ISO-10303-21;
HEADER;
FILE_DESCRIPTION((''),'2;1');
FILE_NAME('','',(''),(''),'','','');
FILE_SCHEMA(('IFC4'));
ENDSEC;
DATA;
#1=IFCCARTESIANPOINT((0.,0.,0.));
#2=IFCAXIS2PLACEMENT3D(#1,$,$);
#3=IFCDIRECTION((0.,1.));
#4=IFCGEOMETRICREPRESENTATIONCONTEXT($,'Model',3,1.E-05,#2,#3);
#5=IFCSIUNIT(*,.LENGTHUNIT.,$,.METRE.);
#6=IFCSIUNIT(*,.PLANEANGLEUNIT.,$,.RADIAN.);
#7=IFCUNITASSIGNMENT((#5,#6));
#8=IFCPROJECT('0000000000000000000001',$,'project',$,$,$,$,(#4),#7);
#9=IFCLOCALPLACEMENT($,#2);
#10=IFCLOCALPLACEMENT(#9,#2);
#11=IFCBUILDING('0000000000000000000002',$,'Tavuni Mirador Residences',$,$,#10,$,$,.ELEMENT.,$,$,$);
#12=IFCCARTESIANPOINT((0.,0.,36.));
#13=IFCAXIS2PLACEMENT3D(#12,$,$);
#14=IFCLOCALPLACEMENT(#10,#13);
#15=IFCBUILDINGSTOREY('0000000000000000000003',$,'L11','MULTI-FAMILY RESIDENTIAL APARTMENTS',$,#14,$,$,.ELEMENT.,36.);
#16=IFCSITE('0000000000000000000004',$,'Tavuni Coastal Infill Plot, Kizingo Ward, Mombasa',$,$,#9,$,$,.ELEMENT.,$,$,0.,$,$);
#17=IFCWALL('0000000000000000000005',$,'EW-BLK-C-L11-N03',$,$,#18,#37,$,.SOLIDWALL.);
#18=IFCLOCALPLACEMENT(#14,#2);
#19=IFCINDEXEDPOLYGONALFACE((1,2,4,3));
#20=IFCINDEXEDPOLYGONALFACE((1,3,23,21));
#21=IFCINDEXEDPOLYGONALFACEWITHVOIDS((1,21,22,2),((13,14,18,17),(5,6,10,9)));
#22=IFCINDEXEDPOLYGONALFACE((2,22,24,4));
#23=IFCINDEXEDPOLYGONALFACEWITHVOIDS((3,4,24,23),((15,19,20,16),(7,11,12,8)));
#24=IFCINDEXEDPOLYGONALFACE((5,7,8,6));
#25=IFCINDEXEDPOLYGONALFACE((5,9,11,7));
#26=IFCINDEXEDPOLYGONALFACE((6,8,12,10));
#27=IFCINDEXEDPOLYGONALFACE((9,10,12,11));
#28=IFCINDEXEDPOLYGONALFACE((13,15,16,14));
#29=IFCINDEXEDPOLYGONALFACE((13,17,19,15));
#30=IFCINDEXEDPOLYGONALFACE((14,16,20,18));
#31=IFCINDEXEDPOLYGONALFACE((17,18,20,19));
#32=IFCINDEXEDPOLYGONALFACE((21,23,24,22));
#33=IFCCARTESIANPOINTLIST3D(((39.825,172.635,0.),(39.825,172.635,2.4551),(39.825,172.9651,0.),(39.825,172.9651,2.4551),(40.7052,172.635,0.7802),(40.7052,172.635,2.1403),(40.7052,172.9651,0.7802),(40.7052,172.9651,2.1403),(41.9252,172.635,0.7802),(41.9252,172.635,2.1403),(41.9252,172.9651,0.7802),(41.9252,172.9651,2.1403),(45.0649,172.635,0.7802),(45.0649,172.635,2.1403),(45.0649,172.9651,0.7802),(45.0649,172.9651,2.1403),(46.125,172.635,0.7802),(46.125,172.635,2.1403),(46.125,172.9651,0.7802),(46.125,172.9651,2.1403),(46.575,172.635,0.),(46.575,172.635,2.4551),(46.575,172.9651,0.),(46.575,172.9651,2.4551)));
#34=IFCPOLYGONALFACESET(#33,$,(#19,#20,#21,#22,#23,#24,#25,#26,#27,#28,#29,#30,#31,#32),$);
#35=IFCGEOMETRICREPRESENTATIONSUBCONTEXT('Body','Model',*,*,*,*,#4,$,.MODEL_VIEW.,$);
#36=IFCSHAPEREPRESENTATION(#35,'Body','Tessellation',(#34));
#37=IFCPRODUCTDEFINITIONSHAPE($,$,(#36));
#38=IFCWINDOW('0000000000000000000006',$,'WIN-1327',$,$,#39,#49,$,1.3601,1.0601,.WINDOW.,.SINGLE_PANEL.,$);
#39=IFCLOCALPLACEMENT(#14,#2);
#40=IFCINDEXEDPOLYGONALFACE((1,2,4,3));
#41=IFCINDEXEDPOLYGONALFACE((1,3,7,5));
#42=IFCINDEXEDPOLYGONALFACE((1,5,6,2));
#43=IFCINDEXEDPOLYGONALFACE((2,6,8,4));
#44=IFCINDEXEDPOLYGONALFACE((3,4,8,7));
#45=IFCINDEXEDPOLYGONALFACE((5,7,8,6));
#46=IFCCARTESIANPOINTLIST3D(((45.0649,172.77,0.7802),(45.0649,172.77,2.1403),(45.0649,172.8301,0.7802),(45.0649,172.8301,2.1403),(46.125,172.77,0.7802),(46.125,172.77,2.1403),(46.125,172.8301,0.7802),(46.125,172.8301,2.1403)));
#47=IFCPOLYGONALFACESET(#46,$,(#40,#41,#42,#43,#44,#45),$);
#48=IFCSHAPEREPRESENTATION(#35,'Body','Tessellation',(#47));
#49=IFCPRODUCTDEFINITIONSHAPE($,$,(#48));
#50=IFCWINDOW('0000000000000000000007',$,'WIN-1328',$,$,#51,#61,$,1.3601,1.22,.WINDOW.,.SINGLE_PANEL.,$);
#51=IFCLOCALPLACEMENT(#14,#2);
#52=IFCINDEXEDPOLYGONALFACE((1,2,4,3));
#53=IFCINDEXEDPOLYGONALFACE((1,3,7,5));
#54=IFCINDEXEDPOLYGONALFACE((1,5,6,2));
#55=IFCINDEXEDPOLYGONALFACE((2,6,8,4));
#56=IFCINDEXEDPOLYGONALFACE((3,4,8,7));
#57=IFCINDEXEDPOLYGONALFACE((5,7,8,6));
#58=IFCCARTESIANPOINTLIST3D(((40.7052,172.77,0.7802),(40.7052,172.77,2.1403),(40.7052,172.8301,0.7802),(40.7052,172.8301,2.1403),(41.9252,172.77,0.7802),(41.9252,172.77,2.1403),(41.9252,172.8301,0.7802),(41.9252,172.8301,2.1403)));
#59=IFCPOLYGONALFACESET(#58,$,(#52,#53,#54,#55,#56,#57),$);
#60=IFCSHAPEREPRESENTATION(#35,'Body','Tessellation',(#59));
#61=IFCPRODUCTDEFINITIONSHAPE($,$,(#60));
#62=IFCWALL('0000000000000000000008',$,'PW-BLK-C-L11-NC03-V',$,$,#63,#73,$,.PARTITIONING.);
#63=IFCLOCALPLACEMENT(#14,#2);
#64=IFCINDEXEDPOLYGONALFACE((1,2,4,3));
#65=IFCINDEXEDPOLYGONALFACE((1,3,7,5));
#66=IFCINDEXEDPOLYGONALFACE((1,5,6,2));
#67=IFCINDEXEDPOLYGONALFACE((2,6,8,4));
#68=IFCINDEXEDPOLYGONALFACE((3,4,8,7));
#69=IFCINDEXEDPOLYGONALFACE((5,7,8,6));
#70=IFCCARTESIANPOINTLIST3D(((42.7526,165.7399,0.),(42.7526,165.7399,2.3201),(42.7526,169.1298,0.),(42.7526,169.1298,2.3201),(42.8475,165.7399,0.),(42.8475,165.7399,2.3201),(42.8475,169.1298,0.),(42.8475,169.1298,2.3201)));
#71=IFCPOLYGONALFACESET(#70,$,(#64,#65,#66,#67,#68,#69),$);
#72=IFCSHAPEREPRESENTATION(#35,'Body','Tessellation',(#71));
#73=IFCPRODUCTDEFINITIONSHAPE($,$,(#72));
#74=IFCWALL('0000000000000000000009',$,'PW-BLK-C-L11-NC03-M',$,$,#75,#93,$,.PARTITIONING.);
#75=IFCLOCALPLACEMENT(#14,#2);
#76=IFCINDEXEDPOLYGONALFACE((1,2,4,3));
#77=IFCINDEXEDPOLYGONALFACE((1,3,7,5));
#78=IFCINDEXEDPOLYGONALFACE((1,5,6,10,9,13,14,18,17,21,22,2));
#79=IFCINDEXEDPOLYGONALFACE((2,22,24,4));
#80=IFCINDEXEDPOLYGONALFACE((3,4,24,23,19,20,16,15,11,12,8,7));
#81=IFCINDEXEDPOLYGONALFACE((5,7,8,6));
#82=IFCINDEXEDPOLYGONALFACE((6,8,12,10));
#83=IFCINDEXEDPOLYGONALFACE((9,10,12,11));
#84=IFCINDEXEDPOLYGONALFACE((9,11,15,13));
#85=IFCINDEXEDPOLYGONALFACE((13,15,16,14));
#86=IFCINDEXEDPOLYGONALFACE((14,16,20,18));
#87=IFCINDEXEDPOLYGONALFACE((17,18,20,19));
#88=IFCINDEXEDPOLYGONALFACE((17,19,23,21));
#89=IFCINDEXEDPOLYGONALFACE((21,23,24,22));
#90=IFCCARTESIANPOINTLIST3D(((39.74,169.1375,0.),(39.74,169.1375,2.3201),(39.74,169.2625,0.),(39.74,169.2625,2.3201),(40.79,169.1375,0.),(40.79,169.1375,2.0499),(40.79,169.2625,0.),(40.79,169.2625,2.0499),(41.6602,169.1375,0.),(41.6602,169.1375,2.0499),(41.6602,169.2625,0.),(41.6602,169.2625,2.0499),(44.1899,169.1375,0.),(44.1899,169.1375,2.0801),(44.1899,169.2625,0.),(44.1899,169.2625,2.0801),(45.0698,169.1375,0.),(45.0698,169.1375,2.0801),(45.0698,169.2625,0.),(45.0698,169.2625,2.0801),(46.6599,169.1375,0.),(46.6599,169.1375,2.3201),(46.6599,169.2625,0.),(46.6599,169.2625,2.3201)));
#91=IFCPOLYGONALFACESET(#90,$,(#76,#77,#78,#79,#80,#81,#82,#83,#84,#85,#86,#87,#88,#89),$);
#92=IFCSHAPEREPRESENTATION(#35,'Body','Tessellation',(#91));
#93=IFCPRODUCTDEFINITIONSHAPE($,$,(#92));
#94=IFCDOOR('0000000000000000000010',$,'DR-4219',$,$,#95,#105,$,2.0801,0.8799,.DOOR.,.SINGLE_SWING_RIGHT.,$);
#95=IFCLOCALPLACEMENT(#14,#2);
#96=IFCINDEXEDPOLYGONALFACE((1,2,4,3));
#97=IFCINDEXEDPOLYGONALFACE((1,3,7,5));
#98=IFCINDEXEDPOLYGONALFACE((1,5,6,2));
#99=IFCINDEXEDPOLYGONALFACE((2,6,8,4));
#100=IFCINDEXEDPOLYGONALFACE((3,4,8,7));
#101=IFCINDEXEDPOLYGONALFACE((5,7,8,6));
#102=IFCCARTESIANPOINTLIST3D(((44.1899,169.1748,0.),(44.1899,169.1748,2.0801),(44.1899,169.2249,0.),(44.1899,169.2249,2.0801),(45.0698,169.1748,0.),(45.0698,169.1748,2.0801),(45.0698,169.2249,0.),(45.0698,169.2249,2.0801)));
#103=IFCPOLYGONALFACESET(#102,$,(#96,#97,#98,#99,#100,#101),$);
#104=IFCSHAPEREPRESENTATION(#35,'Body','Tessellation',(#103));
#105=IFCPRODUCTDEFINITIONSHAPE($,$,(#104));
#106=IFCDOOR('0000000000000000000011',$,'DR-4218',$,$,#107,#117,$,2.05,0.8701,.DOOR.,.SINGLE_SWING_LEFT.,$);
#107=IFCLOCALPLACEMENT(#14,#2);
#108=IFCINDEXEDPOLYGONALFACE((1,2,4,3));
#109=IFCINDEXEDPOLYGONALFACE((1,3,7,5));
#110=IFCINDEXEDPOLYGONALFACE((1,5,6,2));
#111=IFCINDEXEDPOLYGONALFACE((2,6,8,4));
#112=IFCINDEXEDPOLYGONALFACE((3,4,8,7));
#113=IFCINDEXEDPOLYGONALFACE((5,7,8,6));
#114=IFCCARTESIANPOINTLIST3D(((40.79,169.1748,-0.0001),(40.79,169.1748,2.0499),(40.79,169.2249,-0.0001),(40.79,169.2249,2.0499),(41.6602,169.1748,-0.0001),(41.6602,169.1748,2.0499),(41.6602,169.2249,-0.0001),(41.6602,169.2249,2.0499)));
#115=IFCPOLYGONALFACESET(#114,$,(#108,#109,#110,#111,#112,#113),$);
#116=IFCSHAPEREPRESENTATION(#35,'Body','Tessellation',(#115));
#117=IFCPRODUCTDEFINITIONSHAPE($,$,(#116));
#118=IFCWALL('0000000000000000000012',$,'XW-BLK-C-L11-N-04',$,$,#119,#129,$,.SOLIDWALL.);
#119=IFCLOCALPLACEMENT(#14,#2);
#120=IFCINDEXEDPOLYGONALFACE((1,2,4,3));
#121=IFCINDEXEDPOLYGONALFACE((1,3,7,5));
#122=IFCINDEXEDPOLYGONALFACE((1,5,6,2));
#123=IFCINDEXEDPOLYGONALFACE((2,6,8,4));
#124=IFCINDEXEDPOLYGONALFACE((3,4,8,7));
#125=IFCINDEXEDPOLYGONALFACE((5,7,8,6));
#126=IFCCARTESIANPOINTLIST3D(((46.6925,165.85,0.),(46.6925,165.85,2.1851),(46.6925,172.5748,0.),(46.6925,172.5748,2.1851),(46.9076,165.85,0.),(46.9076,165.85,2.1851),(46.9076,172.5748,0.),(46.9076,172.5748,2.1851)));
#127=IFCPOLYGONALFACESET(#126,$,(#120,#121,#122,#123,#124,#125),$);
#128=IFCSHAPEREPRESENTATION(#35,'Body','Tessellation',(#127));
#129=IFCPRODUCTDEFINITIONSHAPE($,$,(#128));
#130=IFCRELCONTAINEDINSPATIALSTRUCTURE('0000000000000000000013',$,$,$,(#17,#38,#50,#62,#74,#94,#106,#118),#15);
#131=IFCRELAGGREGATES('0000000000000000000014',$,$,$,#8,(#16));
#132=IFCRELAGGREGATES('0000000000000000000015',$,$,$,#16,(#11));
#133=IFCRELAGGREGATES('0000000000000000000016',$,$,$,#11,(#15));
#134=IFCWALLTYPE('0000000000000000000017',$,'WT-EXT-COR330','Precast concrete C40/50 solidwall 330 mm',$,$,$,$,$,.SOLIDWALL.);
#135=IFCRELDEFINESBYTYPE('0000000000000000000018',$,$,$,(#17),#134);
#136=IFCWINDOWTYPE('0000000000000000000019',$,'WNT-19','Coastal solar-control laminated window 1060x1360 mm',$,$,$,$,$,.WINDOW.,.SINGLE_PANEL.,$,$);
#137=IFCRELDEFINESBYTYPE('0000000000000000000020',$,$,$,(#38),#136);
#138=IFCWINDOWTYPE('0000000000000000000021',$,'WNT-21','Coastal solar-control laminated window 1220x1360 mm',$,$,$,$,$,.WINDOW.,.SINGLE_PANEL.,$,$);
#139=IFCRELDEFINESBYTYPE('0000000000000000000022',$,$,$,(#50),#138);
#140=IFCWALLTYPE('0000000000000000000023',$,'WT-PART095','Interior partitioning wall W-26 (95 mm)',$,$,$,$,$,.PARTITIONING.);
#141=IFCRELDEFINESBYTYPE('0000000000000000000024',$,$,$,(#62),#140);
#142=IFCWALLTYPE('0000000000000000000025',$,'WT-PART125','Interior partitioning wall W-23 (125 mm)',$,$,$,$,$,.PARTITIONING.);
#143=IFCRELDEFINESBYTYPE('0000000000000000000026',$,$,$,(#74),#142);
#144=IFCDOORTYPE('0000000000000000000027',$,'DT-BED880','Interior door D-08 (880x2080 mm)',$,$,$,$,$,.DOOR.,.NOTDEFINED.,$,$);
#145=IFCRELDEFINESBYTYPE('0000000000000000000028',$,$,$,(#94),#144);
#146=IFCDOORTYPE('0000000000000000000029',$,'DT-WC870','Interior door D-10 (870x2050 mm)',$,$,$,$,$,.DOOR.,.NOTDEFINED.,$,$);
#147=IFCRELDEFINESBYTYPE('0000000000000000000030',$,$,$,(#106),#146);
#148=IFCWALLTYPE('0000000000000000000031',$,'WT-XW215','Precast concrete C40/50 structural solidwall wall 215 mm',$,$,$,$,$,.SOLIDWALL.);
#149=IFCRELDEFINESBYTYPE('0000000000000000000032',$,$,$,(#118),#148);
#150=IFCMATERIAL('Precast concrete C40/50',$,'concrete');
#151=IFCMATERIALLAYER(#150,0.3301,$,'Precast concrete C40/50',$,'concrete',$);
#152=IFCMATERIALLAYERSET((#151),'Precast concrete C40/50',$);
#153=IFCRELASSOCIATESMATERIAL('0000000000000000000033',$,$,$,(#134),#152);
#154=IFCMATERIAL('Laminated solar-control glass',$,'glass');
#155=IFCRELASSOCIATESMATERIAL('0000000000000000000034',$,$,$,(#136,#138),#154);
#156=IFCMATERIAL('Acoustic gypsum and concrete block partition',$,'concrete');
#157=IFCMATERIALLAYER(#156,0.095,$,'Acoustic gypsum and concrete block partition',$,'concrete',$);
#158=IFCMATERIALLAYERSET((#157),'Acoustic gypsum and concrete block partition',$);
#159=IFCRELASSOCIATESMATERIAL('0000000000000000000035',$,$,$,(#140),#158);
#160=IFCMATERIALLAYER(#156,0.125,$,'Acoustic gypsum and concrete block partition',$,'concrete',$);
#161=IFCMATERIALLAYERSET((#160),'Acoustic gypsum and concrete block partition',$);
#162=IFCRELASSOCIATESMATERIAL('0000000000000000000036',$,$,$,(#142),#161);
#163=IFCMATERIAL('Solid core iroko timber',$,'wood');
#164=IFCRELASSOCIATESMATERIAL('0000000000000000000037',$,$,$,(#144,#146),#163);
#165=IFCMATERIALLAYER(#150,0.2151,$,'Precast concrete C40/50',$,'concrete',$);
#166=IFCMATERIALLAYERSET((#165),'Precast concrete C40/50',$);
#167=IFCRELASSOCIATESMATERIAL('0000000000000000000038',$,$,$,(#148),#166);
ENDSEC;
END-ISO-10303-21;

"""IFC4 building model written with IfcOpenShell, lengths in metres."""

from ifc_helpers import new_model, si_unit, direction, frame, frame_2d, origin, place, context, subcontext, project, spatial, rectangle, extrude, material, layer, layer_set, type_object, element, fill, save


model = new_model("IFC4")

# Units and contexts
model_context = context("Model", 3, precision=1e-05, world=origin(), true_north=direction((0.0, 1.0)))
body_context = subcontext(model_context, "Body", "Model", "MODEL_VIEW")
ifc_project = project(units=[si_unit("LENGTHUNIT", "METRE"), si_unit("PLANEANGLEUNIT", "RADIAN")], contexts=[model_context])

# Site, building, storey
site_placement = place(None, origin())
site = spatial("IfcSite", under=ifc_project, at=site_placement, Name="Tavuni Coastal Infill Plot, Kizingo Ward, Mombasa", CompositionType="ELEMENT", RefElevation=0.0)
building_placement = place(site_placement, origin())
building = spatial("IfcBuilding", under=site, at=building_placement, Name="Tavuni Mirador Residences", CompositionType="ELEMENT")
storey_placement = place(building_placement, frame((0.0, 0.0, 36.0)))
storey = spatial("IfcBuildingStorey", under=building, at=storey_placement, Name="L11", Description="MULTI-FAMILY RESIDENTIAL APARTMENTS", CompositionType="ELEMENT", Elevation=36.0)

# Shared definitions
ifc_material_1 = material(Name="Precast concrete C40/50", Category="concrete")

# Wall, openings, windows
ifc_layer_1 = layer(ifc_material_1, 0.3301, Name="Precast concrete C40/50", Category="concrete")
ifc_layer_set_1 = layer_set([ifc_layer_1], Name="Precast concrete C40/50")
wall_type_1 = type_object("IfcWallType", Name="WT-EXT-COR330", Description="Precast concrete C40/50 solidwall 330 mm", PredefinedType="SOLIDWALL", material=ifc_layer_set_1)
wall_1_placement = place(storey_placement, frame((46.575, 172.8, 0.0), z_axis=(0.0, 0.0, 1.0), x_axis=(-1.0, 0.0, 0.0)))
wall_1 = element("IfcWall", 1, at=wall_1_placement, inside=storey, type_object=wall_type_1, Name="EW-BLK-C-L11-N03", PredefinedType="SOLIDWALL", context=body_context, shape_type="SweptSolid", body=[
    extrude(rectangle(XDim=6.75, YDim=0.3301, at=frame_2d((3.375, 0.0))), origin(), (0.0, 0.0, 1.0), 2.4551),
])
opening_1_placement = place(wall_1_placement, frame((0.45, 0.0, 0.78)))
opening_1 = element("IfcOpeningElement", 2, at=opening_1_placement, cuts=wall_1, PredefinedType="OPENING", context=body_context, shape_type="SweptSolid", body=[
    extrude(rectangle(XDim=1.0601, YDim=1.3601, at=frame_2d((0.53, 0.6802))), frame((0.0, 0.175, 0.0), z_axis=(0.0, -1.0, 0.0), x_axis=(1.0, 0.0, 0.0)), (0.0, 0.0, 1.0), 0.3501),
])
opening_2_placement = place(wall_1_placement, frame((4.6499, 0.0, 0.78)))
opening_2 = element("IfcOpeningElement", 3, at=opening_2_placement, cuts=wall_1, PredefinedType="OPENING", context=body_context, shape_type="SweptSolid", body=[
    extrude(rectangle(XDim=1.22, YDim=1.3601, at=frame_2d((0.6099, 0.6802))), frame((0.0, 0.175, 0.0), z_axis=(0.0, -1.0, 0.0), x_axis=(1.0, 0.0, 0.0)), (0.0, 0.0, 1.0), 0.3501),
])
ifc_material_2 = material(Name="Laminated solar-control glass", Category="glass")
window_type_1 = type_object("IfcWindowType", Name="WNT-19", Description="Coastal solar-control laminated window 1060x1360 mm", PartitioningType="SINGLE_PANEL", PredefinedType="WINDOW", material=ifc_material_2)
window_1_placement = place(opening_1_placement, origin())
window_1 = element("IfcWindow", 4, at=window_1_placement, inside=storey, type_object=window_type_1, Name="WIN-1327", OverallHeight=1.3601, OverallWidth=1.0601, PartitioningType="SINGLE_PANEL", PredefinedType="WINDOW", context=body_context, shape_type="SweptSolid", body=[
    extrude(rectangle(XDim=1.0601, YDim=1.3601, at=frame_2d((0.53, 0.6802))), frame((0.0, 0.03, 0.0), z_axis=(0.0, -1.0, 0.0), x_axis=(1.0, 0.0, 0.0)), (0.0, 0.0, 1.0), 0.0601),
])
fill(opening_1, window_1)
window_type_2 = type_object("IfcWindowType", Name="WNT-21", Description="Coastal solar-control laminated window 1220x1360 mm", PartitioningType="SINGLE_PANEL", PredefinedType="WINDOW", material=ifc_material_2)
window_2_placement = place(opening_2_placement, origin())
window_2 = element("IfcWindow", 5, at=window_2_placement, inside=storey, type_object=window_type_2, Name="WIN-1328", OverallHeight=1.3601, OverallWidth=1.22, PartitioningType="SINGLE_PANEL", PredefinedType="WINDOW", context=body_context, shape_type="SweptSolid", body=[
    extrude(rectangle(XDim=1.22, YDim=1.3601, at=frame_2d((0.6099, 0.6802))), frame((0.0, 0.03, 0.0), z_axis=(0.0, -1.0, 0.0), x_axis=(1.0, 0.0, 0.0)), (0.0, 0.0, 1.0), 0.0601),
])
fill(opening_2, window_2)

# Wall
ifc_material_3 = material(Name="Acoustic gypsum and concrete block partition", Category="concrete")
ifc_layer_2 = layer(ifc_material_3, 0.095, Name="Acoustic gypsum and concrete block partition", Category="concrete")
ifc_layer_set_2 = layer_set([ifc_layer_2], Name="Acoustic gypsum and concrete block partition")
wall_type_2 = type_object("IfcWallType", Name="WT-PART095", Description="Interior partitioning wall W-26 (95 mm)", PredefinedType="PARTITIONING", material=ifc_layer_set_2)
wall_2_placement = place(storey_placement, frame((42.8, 165.74, 0.0), z_axis=(0.0, 0.0, 1.0), x_axis=(0.0, 1.0, 0.0)))
element("IfcWall", 6, at=wall_2_placement, inside=storey, type_object=wall_type_2, Name="PW-BLK-C-L11-NC03-V", PredefinedType="PARTITIONING", context=body_context, shape_type="SweptSolid", body=[
    extrude(rectangle(XDim=3.3899, YDim=0.095, at=frame_2d((1.6948, 0.0))), origin(), (0.0, 0.0, 1.0), 2.3201),
])

# Wall, openings, doors
ifc_layer_3 = layer(ifc_material_3, 0.125, Name="Acoustic gypsum and concrete block partition", Category="concrete")
ifc_layer_set_3 = layer_set([ifc_layer_3], Name="Acoustic gypsum and concrete block partition")
wall_type_3 = type_object("IfcWallType", Name="WT-PART125", Description="Interior partitioning wall W-23 (125 mm)", PredefinedType="PARTITIONING", material=ifc_layer_set_3)
wall_3_placement = place(storey_placement, frame((39.74, 169.2, 0.0), z_axis=(0.0, 0.0, 1.0), x_axis=(1.0, 0.0, 0.0)))
wall_3 = element("IfcWall", 7, at=wall_3_placement, inside=storey, type_object=wall_type_3, Name="PW-BLK-C-L11-NC03-M", PredefinedType="PARTITIONING", context=body_context, shape_type="SweptSolid", body=[
    extrude(rectangle(XDim=6.9199, YDim=0.125, at=frame_2d((3.46, 0.0))), origin(), (0.0, 0.0, 1.0), 2.3201),
])
opening_3_placement = place(wall_3_placement, frame((1.05, 0.0, 0.0)))
opening_3 = element("IfcOpeningElement", 8, at=opening_3_placement, cuts=wall_3, PredefinedType="OPENING", context=body_context, shape_type="SweptSolid", body=[
    extrude(rectangle(XDim=0.8701, YDim=2.05, at=frame_2d((0.4351, 1.0249))), frame((0.0, 0.0725, 0.0), z_axis=(0.0, -1.0, 0.0), x_axis=(1.0, 0.0, 0.0)), (0.0, 0.0, 1.0), 0.145),
])
opening_4_placement = place(wall_3_placement, frame((4.45, 0.0, 0.0)))
opening_4 = element("IfcOpeningElement", 9, at=opening_4_placement, cuts=wall_3, PredefinedType="OPENING", context=body_context, shape_type="SweptSolid", body=[
    extrude(rectangle(XDim=0.8799, YDim=2.0801, at=frame_2d((0.4399, 1.04))), frame((0.0, 0.0725, 0.0), z_axis=(0.0, -1.0, 0.0), x_axis=(1.0, 0.0, 0.0)), (0.0, 0.0, 1.0), 0.145),
])
ifc_material_4 = material(Name="Solid core iroko timber", Category="wood")
door_type_1 = type_object("IfcDoorType", Name="DT-BED880", Description="Interior door D-08 (880x2080 mm)", OperationType="NOTDEFINED", PredefinedType="DOOR", material=ifc_material_4)
door_1_placement = place(opening_4_placement, origin())
door_1 = element("IfcDoor", 10, at=door_1_placement, inside=storey, type_object=door_type_1, Name="DR-4219", OperationType="SINGLE_SWING_RIGHT", OverallHeight=2.0801, OverallWidth=0.8799, PredefinedType="DOOR", context=body_context, shape_type="SweptSolid", body=[
    extrude(rectangle(XDim=0.8799, YDim=2.0801, at=frame_2d((0.4399, 1.04))), frame((0.0, 0.0249, 0.0), z_axis=(0.0, -1.0, 0.0), x_axis=(1.0, 0.0, 0.0)), (0.0, 0.0, 1.0), 0.05),
])
fill(opening_4, door_1)
door_type_2 = type_object("IfcDoorType", Name="DT-WC870", Description="Interior door D-10 (870x2050 mm)", OperationType="NOTDEFINED", PredefinedType="DOOR", material=ifc_material_4)
door_2_placement = place(opening_3_placement, origin())
door_2 = element("IfcDoor", 11, at=door_2_placement, inside=storey, type_object=door_type_2, Name="DR-4218", OperationType="SINGLE_SWING_LEFT", OverallHeight=2.05, OverallWidth=0.8701, PredefinedType="DOOR", context=body_context, shape_type="SweptSolid", body=[
    extrude(rectangle(XDim=0.8701, YDim=2.05, at=frame_2d((0.4351, 1.0249))), frame((0.0, 0.0249, 0.0), z_axis=(0.0, -1.0, 0.0), x_axis=(1.0, 0.0, 0.0)), (0.0, 0.0, 1.0), 0.05),
])
fill(opening_3, door_2)

# Shared definitions
ifc_layer_4 = layer(ifc_material_1, 0.2151, Name="Precast concrete C40/50", Category="concrete")
ifc_layer_set_4 = layer_set([ifc_layer_4], Name="Precast concrete C40/50")
wall_type_4 = type_object("IfcWallType", Name="WT-XW215", Description="Precast concrete C40/50 structural solidwall wall 215 mm", PredefinedType="SOLIDWALL", material=ifc_layer_set_4)

# Wall
wall_4_placement = place(storey_placement, frame((46.8, 165.8501, 0.0), z_axis=(0.0, 0.0, 1.0), x_axis=(0.0, 1.0, 0.0)))
element("IfcWall", 12, at=wall_4_placement, inside=storey, type_object=wall_type_4, Name="XW-BLK-C-L11-N-04", PredefinedType="SOLIDWALL", context=body_context, shape_type="SweptSolid", body=[
    extrude(rectangle(XDim=6.7249, YDim=0.2151, at=frame_2d((3.3623, 0.0))), origin(), (0.0, 0.0, 1.0), 2.1851),
])

save(model, "model.ifc")
